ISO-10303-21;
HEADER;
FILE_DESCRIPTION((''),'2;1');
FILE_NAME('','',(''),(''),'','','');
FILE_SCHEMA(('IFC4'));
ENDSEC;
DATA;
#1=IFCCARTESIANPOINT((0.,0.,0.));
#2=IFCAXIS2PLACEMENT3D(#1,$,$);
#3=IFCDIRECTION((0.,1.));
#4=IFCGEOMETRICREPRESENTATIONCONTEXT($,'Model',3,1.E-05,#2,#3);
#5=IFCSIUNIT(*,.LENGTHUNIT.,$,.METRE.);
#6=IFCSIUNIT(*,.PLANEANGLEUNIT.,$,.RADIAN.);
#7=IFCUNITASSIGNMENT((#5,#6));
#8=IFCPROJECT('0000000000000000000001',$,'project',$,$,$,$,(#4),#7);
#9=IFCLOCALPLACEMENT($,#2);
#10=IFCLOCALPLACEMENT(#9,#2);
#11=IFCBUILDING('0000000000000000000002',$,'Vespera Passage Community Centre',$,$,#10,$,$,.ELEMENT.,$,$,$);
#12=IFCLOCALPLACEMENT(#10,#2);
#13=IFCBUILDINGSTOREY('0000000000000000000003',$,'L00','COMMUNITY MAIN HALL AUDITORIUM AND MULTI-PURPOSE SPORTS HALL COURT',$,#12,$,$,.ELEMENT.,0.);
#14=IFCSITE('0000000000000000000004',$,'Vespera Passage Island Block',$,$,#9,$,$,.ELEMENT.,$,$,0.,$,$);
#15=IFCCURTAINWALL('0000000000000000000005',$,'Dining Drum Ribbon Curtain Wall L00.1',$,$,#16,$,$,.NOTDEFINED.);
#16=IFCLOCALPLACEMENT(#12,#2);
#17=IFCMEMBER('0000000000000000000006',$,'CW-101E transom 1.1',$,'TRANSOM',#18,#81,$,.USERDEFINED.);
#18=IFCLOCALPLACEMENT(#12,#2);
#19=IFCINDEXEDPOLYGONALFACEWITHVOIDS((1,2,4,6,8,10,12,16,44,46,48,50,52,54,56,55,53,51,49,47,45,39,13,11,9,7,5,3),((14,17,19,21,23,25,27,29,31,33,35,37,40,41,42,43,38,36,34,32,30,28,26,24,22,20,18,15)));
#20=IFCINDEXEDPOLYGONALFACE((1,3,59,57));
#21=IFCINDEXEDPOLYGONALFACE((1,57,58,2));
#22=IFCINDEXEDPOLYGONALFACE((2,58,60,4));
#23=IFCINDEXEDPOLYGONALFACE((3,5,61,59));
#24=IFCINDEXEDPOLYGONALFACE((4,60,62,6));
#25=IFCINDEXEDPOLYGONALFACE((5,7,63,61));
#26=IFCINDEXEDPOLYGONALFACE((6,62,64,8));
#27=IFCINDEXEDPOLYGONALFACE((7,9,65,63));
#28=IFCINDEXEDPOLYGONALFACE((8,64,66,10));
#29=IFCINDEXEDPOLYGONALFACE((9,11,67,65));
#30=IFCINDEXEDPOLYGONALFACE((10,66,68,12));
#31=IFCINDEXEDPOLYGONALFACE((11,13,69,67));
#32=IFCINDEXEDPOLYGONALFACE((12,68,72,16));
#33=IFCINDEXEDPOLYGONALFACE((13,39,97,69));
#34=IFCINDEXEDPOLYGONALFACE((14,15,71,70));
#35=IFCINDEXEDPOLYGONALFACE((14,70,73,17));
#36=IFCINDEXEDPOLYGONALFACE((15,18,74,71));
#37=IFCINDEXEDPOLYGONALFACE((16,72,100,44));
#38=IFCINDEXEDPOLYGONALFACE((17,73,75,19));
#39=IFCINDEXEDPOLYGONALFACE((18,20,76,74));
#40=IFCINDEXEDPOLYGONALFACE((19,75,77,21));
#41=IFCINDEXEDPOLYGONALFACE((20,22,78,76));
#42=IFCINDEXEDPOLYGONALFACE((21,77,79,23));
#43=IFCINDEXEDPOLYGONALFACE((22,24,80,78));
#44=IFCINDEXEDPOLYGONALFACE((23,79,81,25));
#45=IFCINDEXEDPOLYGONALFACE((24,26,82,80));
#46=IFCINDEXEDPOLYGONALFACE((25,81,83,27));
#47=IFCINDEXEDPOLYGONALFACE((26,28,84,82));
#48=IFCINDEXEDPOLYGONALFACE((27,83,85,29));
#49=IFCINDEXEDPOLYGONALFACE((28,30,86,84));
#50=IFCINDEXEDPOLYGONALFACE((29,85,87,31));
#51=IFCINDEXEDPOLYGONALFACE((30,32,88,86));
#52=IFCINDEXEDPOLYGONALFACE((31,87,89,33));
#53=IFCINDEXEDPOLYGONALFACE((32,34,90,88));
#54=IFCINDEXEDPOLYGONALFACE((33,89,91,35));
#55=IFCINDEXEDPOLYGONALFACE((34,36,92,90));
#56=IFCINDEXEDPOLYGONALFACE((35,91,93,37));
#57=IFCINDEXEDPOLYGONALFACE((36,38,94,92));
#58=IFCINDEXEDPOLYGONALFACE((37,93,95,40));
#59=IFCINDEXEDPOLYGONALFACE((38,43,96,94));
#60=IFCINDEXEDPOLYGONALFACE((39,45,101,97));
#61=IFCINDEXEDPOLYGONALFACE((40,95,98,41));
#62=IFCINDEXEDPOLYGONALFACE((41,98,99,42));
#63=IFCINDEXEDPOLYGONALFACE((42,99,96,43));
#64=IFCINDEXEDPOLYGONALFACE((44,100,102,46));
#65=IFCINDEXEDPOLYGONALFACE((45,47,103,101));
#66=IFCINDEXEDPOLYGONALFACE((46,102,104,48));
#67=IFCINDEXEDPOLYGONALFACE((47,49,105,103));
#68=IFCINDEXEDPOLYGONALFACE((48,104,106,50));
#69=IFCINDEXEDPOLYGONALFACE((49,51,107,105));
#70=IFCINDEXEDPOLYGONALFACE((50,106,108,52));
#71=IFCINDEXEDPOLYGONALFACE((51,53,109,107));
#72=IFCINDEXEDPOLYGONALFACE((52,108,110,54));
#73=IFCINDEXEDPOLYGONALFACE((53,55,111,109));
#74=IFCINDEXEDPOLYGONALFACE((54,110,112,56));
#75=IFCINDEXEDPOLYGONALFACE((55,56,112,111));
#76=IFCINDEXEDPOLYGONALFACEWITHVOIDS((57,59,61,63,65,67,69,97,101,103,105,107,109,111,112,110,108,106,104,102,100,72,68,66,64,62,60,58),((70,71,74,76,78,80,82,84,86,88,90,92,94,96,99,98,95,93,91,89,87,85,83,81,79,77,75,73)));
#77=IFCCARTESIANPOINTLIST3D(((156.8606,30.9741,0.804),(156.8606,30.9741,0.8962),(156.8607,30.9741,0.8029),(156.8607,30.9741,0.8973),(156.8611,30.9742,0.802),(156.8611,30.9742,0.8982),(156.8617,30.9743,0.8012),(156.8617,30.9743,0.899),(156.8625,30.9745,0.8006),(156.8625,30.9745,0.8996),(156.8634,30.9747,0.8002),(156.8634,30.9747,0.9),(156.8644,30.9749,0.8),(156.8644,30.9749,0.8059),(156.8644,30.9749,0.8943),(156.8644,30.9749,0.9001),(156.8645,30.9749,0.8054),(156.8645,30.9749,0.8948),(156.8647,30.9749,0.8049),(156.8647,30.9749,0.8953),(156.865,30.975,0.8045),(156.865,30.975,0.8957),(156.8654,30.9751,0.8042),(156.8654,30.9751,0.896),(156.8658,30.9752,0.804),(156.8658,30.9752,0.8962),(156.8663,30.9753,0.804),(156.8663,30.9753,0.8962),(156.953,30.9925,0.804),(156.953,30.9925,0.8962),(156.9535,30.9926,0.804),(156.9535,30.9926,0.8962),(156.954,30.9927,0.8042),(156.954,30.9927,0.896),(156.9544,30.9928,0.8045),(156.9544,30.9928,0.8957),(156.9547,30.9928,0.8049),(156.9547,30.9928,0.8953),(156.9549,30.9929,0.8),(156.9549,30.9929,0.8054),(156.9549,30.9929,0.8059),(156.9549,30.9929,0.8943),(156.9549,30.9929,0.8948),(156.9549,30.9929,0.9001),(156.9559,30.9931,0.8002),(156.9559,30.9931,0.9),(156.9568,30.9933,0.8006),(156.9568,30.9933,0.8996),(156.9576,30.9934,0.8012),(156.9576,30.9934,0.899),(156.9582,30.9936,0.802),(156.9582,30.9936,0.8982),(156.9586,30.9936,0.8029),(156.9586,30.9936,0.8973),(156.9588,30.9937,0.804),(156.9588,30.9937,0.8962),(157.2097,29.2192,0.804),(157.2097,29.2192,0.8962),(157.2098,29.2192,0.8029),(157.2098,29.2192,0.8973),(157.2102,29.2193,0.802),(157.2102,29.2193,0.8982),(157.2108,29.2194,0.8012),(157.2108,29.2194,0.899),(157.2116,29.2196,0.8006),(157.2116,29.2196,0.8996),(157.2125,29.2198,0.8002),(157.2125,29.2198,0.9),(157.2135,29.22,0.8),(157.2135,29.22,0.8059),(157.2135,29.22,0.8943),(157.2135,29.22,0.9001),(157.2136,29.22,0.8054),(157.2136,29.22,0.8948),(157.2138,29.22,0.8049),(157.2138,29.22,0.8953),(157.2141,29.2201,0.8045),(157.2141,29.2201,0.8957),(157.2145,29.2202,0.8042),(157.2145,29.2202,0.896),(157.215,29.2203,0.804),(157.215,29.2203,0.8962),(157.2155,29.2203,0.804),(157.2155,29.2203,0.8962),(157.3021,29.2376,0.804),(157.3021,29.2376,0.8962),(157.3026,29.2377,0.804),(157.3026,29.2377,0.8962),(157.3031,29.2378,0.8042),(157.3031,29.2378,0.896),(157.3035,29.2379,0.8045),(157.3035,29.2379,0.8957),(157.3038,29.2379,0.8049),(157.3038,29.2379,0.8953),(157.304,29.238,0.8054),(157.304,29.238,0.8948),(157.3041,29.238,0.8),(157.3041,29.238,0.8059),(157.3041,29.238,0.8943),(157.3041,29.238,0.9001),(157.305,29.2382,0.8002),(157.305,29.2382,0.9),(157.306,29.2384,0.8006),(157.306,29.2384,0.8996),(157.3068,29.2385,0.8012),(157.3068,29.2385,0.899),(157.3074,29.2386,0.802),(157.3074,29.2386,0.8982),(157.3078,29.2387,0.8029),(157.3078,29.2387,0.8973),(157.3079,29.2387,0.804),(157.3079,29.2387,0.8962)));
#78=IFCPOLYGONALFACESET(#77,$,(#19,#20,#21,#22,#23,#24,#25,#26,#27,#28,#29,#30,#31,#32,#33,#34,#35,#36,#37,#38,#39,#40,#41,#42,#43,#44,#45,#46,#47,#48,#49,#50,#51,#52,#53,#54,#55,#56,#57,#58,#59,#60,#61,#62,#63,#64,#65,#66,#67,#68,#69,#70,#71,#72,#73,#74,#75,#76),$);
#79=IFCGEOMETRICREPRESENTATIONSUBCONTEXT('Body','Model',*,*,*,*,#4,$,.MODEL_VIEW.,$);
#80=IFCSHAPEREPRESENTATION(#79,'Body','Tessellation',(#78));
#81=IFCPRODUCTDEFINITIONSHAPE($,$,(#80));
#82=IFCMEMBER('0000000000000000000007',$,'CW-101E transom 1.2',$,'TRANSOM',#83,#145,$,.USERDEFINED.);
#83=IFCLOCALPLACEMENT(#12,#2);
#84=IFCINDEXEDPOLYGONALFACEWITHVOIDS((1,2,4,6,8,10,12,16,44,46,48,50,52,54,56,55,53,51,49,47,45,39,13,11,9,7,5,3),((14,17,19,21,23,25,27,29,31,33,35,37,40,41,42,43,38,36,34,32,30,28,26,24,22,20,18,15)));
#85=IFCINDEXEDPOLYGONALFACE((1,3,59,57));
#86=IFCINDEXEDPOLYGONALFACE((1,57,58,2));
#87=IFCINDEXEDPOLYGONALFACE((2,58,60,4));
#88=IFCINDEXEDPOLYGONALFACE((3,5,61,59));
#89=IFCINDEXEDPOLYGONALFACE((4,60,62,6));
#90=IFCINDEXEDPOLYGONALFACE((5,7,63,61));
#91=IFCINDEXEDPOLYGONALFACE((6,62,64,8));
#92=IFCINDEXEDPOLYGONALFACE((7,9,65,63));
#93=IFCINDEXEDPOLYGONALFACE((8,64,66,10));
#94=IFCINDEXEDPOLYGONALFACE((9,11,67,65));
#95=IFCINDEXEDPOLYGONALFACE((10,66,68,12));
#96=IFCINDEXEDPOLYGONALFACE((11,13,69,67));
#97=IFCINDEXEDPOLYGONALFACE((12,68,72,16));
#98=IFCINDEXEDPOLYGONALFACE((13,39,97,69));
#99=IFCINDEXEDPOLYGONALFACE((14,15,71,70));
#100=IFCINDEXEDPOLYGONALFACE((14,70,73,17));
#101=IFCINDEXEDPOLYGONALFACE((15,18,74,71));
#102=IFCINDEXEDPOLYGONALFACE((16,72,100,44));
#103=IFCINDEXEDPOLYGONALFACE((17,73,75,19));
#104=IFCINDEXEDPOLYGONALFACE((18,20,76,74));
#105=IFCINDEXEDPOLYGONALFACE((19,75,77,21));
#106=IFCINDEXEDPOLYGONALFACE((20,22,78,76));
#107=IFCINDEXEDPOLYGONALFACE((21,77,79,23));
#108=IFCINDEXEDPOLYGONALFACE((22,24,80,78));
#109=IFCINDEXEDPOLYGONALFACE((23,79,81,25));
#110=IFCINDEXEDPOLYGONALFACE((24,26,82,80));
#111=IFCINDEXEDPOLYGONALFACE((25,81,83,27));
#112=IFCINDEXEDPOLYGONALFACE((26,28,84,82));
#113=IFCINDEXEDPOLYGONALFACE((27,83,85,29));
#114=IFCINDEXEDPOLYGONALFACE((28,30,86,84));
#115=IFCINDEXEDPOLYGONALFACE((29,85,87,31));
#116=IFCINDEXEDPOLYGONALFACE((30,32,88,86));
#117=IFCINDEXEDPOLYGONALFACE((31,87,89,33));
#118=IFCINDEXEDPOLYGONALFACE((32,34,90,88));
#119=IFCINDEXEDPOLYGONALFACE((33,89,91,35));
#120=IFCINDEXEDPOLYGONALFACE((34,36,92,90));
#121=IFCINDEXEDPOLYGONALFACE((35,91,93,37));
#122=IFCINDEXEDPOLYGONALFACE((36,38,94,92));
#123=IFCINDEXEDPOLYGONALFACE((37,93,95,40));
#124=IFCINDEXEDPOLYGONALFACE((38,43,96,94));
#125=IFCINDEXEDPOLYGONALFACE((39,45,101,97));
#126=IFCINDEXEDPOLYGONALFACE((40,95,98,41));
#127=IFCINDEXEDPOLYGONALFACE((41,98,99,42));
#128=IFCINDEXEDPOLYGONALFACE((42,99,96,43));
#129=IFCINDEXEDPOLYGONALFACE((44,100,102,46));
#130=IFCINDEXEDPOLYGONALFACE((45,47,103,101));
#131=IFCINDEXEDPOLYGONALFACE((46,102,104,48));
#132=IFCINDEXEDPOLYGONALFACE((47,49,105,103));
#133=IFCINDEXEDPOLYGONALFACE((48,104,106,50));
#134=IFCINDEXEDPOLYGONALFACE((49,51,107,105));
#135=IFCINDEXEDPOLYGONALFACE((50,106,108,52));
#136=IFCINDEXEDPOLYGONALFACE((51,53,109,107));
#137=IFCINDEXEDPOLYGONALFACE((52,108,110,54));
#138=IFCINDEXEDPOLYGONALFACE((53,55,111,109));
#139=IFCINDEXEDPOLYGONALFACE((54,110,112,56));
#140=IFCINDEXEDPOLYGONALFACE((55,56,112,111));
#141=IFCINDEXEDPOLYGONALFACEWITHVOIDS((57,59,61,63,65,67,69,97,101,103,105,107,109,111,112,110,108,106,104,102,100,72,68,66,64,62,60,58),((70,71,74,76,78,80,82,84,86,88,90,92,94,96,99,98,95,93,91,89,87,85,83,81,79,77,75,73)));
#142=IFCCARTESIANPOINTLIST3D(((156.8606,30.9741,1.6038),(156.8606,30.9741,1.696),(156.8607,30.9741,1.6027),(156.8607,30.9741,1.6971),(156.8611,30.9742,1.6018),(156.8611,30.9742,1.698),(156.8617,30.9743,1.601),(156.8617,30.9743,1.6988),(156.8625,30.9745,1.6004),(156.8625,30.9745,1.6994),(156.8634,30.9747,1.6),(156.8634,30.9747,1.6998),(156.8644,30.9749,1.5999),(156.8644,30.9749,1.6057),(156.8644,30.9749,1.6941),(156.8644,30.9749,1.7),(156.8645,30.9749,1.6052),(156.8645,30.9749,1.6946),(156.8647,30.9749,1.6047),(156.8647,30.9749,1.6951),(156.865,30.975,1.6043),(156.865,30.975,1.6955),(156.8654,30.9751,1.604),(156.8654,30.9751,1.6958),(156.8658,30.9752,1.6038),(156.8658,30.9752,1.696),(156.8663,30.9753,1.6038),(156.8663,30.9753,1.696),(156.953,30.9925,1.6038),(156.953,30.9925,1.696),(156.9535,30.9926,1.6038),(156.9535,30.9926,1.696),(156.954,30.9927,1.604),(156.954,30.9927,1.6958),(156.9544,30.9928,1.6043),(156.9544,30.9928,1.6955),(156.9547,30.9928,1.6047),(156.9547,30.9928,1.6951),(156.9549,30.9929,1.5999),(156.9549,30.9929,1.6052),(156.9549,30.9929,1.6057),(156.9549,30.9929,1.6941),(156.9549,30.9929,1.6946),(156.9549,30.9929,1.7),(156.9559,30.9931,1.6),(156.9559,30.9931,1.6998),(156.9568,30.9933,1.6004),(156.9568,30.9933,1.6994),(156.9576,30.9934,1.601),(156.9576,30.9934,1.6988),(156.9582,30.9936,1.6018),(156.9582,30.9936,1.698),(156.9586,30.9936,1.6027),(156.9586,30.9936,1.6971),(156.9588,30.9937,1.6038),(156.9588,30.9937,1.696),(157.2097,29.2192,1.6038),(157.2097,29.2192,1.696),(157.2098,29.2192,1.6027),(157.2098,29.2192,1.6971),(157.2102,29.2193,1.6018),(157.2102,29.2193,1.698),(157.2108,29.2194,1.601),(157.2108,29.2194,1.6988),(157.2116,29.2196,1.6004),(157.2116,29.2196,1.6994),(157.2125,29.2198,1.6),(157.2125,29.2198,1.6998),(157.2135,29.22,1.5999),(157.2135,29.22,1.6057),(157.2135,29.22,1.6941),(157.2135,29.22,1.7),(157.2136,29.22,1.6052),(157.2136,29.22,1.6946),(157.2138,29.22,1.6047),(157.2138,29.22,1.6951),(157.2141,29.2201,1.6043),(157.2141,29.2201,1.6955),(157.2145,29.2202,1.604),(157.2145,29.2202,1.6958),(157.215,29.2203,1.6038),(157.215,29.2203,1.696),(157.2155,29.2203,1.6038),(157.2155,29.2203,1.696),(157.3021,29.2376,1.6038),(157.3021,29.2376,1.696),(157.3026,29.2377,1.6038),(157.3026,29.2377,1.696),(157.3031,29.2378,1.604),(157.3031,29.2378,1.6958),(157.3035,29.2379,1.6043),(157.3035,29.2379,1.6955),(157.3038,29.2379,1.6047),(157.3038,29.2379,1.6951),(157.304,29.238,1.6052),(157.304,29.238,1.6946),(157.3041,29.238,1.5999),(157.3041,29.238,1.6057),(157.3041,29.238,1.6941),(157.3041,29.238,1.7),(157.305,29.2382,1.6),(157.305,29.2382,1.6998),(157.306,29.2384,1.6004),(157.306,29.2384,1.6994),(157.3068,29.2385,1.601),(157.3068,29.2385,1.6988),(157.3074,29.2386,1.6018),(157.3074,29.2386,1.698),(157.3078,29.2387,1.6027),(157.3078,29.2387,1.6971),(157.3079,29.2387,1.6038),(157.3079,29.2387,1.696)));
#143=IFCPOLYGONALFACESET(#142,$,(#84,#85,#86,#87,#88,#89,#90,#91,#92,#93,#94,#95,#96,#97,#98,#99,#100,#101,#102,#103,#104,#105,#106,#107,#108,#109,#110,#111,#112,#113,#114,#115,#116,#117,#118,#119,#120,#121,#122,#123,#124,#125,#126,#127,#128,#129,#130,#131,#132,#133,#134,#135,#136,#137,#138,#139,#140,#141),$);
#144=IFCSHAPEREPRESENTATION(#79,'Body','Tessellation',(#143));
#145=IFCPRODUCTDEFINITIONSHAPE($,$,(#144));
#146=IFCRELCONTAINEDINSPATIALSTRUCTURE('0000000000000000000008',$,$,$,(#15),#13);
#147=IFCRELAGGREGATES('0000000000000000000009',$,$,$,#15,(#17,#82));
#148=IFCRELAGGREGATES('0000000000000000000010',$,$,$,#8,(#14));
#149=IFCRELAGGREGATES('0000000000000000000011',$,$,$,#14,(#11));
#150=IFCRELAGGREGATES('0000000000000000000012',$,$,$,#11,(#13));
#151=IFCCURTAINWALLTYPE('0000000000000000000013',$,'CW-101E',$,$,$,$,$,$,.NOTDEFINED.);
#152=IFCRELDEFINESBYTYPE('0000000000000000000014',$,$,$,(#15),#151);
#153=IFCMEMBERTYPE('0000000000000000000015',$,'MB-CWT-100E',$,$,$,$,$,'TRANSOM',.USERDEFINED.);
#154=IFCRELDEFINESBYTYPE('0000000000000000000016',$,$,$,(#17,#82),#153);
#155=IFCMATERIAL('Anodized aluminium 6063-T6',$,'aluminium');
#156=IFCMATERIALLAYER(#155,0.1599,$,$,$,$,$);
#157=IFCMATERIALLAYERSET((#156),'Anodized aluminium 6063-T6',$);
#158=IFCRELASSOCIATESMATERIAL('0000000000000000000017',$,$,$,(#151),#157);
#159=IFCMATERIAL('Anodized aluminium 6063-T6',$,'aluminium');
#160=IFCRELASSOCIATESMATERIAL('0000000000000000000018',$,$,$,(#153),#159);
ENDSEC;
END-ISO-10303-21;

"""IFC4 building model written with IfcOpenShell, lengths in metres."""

from ifc_helpers import new_model, si_unit, direction, frame, origin, origin_2d, place, context, subcontext, project, spatial, hollow_rectangle, extrude, material, layer, layer_set, material_profile, profile_set, type_object, element, aggregate, save


model = new_model("IFC4")

# Units and contexts
model_context = context("Model", 3, precision=1e-05, world=origin(), true_north=direction((0.0, 1.0)))
body_context = subcontext(model_context, "Body", "Model", "MODEL_VIEW")
ifc_project = project(units=[si_unit("LENGTHUNIT", "METRE"), si_unit("PLANEANGLEUNIT", "RADIAN")], contexts=[model_context])

# Site, building, storey
site_placement = place(None, origin())
site = spatial("IfcSite", under=ifc_project, at=site_placement, Name="Vespera Passage Island Block", CompositionType="ELEMENT", RefElevation=0.0)
building_placement = place(site_placement, origin())
building = spatial("IfcBuilding", under=site, at=building_placement, Name="Vespera Passage Community Centre", CompositionType="ELEMENT")
storey_placement = place(building_placement, origin())
storey = spatial("IfcBuildingStorey", under=building, at=storey_placement, Name="L00", Description="COMMUNITY MAIN HALL AUDITORIUM AND MULTI-PURPOSE SPORTS HALL COURT", CompositionType="ELEMENT", Elevation=0.0)

# Curtain wall
ifc_material_1 = material(Name="Anodized aluminium 6063-T6", Category="aluminium")
ifc_layer_1 = layer(ifc_material_1, 0.1599)
ifc_layer_set_1 = layer_set([ifc_layer_1], Name="Anodized aluminium 6063-T6")
curtain_wall_type_1 = type_object("IfcCurtainWallType", Name="CW-101E", PredefinedType="NOTDEFINED", material=ifc_layer_set_1)
curtain_wall_1_placement = place(storey_placement, origin())
curtain_wall_1 = element("IfcCurtainWall", 1, at=curtain_wall_1_placement, inside=storey, type_object=curtain_wall_type_1, Name="Dining Drum Ribbon Curtain Wall L00.1", PredefinedType="NOTDEFINED")

# Members
ifc_material_2 = material(Name="Anodized aluminium 6063-T6", Category="aluminium")
ifc_material_profile_1 = material_profile(ifc_material_2, hollow_rectangle(XDim=0.1001, YDim=0.1001, WallThickness=0.0039, InnerFilletRadius=0.002, OuterFilletRadius=0.0039, at=origin_2d()), Name="ALU100X100X4")
ifc_profile_set_1 = profile_set([ifc_material_profile_1], Name="Anodized aluminium 6063-T6")
member_type_1 = type_object("IfcMemberType", Name="MB-CWT-100E", ElementType="TRANSOM", PredefinedType="USERDEFINED", material=ifc_profile_set_1)
member_1_placement = place(storey_placement, frame((156.9097, 30.9839, 0.8501), z_axis=(0.195119, -0.98078, 0.0), x_axis=(0.98078, 0.195119, 0.0)))
member_1 = element("IfcMember", 2, at=member_1_placement, type_object=member_type_1, Name="CW-101E transom 1.1", ObjectType="TRANSOM", PredefinedType="USERDEFINED", context=body_context, shape_type="SweptSolid", body=[
    extrude(hollow_rectangle(XDim=0.1001, YDim=0.1001, WallThickness=0.0039, InnerFilletRadius=0.002, OuterFilletRadius=0.0039, at=origin_2d()), origin(), (0.0, 0.0, 1.0), 1.7893),
])
member_2_placement = place(storey_placement, frame((156.9097, 30.9839, 1.6499), z_axis=(0.195119, -0.98078, 0.0), x_axis=(0.98078, 0.195119, 0.0)))
member_2 = element("IfcMember", 3, at=member_2_placement, type_object=member_type_1, Name="CW-101E transom 1.2", ObjectType="TRANSOM", PredefinedType="USERDEFINED", context=body_context, shape_type="SweptSolid", body=[
    extrude(hollow_rectangle(XDim=0.1001, YDim=0.1001, WallThickness=0.0039, InnerFilletRadius=0.002, OuterFilletRadius=0.0039, at=origin_2d()), origin(), (0.0, 0.0, 1.0), 1.7893),
])
aggregate(curtain_wall_1, [member_1, member_2])

save(model, "model.ifc")
